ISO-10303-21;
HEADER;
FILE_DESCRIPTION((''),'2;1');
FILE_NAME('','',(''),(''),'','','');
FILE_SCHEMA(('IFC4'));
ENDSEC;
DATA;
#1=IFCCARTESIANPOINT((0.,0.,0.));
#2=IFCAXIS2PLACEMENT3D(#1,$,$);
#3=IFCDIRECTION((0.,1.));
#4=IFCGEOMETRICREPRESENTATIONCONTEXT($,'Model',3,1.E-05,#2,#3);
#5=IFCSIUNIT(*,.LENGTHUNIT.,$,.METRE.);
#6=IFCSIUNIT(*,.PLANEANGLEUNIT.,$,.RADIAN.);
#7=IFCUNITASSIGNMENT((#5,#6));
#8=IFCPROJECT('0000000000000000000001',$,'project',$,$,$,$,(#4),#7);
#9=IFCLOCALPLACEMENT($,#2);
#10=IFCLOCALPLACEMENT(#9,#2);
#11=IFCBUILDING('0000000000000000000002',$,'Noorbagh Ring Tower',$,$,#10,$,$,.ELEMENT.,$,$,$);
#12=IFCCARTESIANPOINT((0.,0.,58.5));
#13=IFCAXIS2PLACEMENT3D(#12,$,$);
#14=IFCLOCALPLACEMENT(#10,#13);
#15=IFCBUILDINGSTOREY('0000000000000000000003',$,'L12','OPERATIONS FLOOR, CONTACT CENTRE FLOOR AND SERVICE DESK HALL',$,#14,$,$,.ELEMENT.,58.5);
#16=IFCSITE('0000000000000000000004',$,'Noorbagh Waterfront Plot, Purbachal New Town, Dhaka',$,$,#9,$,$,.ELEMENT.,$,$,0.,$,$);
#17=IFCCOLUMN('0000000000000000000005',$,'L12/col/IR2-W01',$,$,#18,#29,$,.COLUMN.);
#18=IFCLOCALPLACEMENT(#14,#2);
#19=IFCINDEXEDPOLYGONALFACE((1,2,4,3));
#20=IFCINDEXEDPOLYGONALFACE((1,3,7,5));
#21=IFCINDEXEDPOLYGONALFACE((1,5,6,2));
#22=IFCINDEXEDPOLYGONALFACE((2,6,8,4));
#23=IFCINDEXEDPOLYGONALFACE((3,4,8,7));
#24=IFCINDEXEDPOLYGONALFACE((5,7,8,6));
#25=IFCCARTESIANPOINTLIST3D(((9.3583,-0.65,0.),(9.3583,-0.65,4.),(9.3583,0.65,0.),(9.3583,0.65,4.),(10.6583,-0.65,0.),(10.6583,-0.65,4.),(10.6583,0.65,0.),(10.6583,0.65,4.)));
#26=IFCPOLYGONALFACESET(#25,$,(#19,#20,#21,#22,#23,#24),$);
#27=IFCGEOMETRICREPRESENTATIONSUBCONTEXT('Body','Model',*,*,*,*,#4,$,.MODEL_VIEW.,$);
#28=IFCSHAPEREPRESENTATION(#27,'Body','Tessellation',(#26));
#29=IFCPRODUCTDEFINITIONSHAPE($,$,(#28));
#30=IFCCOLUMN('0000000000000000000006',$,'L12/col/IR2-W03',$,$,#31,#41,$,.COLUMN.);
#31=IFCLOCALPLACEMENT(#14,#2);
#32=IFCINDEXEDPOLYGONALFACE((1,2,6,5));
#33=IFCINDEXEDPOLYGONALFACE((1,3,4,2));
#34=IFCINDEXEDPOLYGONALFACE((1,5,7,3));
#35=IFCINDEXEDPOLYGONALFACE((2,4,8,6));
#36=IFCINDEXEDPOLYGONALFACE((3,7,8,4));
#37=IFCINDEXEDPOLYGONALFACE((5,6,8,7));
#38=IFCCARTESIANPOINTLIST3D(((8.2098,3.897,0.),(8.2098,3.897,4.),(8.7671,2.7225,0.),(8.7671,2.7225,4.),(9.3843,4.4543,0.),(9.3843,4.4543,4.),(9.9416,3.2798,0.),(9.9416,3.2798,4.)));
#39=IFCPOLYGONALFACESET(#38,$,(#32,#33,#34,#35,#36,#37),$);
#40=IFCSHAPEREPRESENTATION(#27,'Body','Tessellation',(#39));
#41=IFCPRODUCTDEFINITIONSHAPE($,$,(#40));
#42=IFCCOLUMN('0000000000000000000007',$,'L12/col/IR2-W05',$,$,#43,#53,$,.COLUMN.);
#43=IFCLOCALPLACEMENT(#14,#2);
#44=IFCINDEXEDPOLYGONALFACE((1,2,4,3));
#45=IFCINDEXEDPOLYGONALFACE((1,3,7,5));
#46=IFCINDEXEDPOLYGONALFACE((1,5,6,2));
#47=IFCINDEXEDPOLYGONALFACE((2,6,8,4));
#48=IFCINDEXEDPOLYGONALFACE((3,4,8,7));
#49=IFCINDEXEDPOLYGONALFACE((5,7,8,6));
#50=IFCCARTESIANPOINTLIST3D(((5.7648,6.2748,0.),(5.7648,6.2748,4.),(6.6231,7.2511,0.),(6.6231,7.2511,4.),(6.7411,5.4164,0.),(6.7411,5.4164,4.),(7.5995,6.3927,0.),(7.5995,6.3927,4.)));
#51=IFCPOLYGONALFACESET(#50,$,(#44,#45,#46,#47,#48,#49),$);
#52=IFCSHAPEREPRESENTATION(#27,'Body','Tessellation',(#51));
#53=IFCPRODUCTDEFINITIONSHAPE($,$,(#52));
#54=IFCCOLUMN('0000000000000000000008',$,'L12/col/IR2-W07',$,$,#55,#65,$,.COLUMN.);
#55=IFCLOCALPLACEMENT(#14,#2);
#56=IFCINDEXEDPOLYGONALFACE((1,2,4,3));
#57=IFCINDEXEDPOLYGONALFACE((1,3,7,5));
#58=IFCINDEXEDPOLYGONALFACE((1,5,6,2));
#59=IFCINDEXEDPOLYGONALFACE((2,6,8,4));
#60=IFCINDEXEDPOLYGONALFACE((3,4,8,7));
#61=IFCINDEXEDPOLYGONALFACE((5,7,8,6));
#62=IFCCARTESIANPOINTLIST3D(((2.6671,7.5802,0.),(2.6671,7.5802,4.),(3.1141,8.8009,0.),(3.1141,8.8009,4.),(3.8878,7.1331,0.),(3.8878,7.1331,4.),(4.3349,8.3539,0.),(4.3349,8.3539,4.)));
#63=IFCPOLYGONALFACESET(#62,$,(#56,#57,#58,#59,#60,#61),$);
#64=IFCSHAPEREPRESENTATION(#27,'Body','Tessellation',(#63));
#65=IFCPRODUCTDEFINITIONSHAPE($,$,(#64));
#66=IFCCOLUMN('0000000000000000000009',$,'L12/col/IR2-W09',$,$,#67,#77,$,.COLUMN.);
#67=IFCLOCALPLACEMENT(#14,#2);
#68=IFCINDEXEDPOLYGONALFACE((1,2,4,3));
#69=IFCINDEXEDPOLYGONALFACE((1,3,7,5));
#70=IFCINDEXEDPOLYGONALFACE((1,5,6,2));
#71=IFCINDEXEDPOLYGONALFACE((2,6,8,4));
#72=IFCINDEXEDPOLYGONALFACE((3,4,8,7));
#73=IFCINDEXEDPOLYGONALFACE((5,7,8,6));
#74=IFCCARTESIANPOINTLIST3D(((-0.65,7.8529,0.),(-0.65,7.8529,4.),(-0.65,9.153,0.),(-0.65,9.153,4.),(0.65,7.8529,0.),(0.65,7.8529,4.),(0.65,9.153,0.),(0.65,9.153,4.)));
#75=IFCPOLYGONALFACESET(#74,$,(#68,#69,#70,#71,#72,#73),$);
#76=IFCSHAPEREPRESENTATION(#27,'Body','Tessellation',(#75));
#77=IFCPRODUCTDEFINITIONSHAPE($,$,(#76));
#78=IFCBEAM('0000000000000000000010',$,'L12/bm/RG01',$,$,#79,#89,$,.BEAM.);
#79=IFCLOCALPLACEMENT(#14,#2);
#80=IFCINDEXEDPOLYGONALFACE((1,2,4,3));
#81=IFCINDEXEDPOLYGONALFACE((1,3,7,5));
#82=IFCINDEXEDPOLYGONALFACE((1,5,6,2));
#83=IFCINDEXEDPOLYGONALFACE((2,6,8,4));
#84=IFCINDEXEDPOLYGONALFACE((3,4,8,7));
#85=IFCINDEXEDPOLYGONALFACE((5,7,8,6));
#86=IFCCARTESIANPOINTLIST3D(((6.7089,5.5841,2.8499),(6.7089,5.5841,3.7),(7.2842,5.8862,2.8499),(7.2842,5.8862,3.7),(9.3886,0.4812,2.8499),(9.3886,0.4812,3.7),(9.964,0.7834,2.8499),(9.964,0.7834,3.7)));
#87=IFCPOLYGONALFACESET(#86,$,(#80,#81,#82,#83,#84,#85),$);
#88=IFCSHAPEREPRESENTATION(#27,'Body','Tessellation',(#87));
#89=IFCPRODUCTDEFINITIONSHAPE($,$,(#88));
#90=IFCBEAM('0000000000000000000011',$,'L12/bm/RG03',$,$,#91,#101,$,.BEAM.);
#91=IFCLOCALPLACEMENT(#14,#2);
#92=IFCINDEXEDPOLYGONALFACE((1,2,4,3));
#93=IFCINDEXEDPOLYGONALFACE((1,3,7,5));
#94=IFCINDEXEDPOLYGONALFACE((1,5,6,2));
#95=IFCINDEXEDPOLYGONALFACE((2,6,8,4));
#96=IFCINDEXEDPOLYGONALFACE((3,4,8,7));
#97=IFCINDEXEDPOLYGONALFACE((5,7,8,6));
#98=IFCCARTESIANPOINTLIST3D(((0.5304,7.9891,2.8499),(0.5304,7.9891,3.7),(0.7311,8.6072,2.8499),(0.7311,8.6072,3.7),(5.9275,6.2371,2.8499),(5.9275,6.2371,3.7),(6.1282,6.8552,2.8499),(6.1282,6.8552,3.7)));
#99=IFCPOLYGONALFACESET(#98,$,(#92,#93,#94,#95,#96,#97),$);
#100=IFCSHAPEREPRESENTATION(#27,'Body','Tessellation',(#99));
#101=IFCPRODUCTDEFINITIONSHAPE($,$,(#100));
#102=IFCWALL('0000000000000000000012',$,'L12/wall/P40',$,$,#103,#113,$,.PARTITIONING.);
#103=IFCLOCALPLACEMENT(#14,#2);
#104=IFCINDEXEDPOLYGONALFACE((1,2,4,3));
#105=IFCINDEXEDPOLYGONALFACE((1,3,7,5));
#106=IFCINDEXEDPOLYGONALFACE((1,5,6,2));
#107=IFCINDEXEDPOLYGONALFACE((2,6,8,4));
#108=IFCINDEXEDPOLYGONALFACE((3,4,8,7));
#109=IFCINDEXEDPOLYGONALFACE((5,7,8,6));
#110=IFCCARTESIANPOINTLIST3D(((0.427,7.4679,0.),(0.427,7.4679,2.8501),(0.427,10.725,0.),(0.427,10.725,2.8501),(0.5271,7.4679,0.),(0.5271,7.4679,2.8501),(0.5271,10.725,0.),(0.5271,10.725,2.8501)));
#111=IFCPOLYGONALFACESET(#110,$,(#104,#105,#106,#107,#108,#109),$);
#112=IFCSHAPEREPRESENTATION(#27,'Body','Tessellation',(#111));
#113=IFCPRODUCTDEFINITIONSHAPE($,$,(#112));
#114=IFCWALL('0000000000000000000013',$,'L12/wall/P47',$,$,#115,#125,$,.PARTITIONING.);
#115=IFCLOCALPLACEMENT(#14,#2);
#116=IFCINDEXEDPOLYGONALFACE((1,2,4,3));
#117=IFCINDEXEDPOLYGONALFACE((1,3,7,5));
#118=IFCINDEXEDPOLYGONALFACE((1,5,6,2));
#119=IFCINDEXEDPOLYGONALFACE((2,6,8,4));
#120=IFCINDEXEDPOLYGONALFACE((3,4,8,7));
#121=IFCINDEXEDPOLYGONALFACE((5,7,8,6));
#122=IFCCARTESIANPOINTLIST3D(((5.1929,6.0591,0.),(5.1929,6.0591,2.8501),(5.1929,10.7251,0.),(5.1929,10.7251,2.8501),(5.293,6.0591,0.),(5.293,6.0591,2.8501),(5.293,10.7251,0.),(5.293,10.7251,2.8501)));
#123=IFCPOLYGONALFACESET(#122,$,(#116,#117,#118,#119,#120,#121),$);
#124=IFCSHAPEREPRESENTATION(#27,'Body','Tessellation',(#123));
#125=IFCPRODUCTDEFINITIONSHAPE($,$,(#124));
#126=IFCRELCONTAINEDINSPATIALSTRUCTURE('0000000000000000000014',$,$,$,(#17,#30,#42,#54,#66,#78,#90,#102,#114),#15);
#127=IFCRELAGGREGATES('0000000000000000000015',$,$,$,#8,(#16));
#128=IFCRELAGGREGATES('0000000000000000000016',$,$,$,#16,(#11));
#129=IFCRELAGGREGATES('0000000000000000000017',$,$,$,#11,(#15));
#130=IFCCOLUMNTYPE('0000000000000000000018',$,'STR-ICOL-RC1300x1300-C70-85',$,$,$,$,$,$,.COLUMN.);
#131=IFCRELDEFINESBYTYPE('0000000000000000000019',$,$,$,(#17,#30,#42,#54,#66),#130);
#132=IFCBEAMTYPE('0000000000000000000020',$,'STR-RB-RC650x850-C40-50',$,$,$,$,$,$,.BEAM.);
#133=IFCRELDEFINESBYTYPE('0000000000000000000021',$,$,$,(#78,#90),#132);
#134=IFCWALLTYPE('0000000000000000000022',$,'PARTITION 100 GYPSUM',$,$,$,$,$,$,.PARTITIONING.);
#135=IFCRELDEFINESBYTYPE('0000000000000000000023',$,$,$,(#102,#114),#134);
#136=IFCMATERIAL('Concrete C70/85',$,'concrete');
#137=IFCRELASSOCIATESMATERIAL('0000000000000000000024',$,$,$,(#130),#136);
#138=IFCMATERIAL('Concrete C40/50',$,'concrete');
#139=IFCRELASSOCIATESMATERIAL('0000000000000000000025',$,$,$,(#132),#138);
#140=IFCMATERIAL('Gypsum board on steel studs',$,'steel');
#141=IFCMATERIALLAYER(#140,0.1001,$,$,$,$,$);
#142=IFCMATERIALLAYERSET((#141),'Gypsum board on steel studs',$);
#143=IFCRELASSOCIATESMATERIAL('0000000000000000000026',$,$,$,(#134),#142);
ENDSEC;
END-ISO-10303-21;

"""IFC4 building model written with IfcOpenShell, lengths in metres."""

from ifc_helpers import new_model, si_unit, direction, frame, frame_2d, origin, origin_2d, place, context, subcontext, project, spatial, rectangle, extrude, material, layer, layer_set, material_profile, profile_set, type_object, element, save


model = new_model("IFC4")

# Units and contexts
model_context = context("Model", 3, precision=1e-05, world=origin(), true_north=direction((0.0, 1.0)))
body_context = subcontext(model_context, "Body", "Model", "MODEL_VIEW")
ifc_project = project(units=[si_unit("LENGTHUNIT", "METRE"), si_unit("PLANEANGLEUNIT", "RADIAN")], contexts=[model_context])

# Site, building, storey
site_placement = place(None, origin())
site = spatial("IfcSite", under=ifc_project, at=site_placement, Name="Noorbagh Waterfront Plot, Purbachal New Town, Dhaka", CompositionType="ELEMENT", RefElevation=0.0)
building_placement = place(site_placement, origin())
building = spatial("IfcBuilding", under=site, at=building_placement, Name="Noorbagh Ring Tower", CompositionType="ELEMENT")
storey_placement = place(building_placement, frame((0.0, 0.0, 58.5)))
storey = spatial("IfcBuildingStorey", under=building, at=storey_placement, Name="L12", Description="OPERATIONS FLOOR, CONTACT CENTRE FLOOR AND SERVICE DESK HALL", CompositionType="ELEMENT", Elevation=58.5)

# Columns
ifc_material_1 = material(Name="Concrete C70/85", Category="concrete")
ifc_material_profile_1 = material_profile(ifc_material_1, rectangle(XDim=1.3, YDim=1.3, at=origin_2d()), Name="RC1300x1300")
ifc_profile_set_1 = profile_set([ifc_material_profile_1], Name="Concrete C70/85")
column_type = type_object("IfcColumnType", Name="STR-ICOL-RC1300x1300-C70-85", PredefinedType="COLUMN", material=ifc_profile_set_1)
for number, where, z_axis, x_axis, name in (
    (1, (10.0083, 0.0, 0.0), (0.0, 0.0, 1.0), (0.0, 1.0, 0.0), "L12/col/IR2-W01"),
    (2, (9.0757, 3.5884, 0.0), (0.0, 0.0, 1.0), (-0.428667, 0.903463, 0.0), "L12/col/IR2-W03"),
    (3, (6.6821, 6.3337, 0.0), (0.0, 0.0, 1.0), (-0.751022, 0.660277, 0.0), "L12/col/IR2-W05"),
    (4, (3.501, 7.967, 0.0), (0.0, 0.0, 1.0), (-0.93902, 0.343864, 0.0), "L12/col/IR2-W07"),
    (5, (0.0, 8.5029, 0.0), (0.0, 0.0, 1.0), (-1.0, 0.0, 0.0), "L12/col/IR2-W09"),
):
    element("IfcColumn", number, at=place(storey_placement, frame(where, z_axis=z_axis, x_axis=x_axis)), inside=storey, type_object=column_type, Name=name, PredefinedType="COLUMN", context=body_context, shape_type="SweptSolid", body=[
        extrude(rectangle(XDim=1.3, YDim=1.3, at=origin_2d()), origin(), (0.0, 0.0, 1.0), 4.0),
    ])

# Beams
ifc_material_2 = material(Name="Concrete C40/50", Category="concrete")
ifc_material_profile_2 = material_profile(ifc_material_2, rectangle(XDim=0.6499, YDim=0.8501, at=origin_2d()), Name="RC650x850")
ifc_profile_set_2 = profile_set([ifc_material_profile_2], Name="Concrete C40/50")
beam_type = type_object("IfcBeamType", Name="STR-RB-RC650x850-C40-50", PredefinedType="BEAM", material=ifc_profile_set_2)
beam_1_placement = place(storey_placement, frame((9.6763, 0.6323, 3.2749), z_axis=(-0.464933, 0.885346, 0.0), x_axis=(-0.885346, -0.464933, 0.0)))
element("IfcBeam", 6, at=beam_1_placement, inside=storey, type_object=beam_type, Name="L12/bm/RG01", PredefinedType="BEAM", context=body_context, shape_type="SweptSolid", body=[
    extrude(rectangle(XDim=0.6499, YDim=0.8501, at=origin_2d()), origin(), (0.0, 0.0, 1.0), 5.7637),
])
beam_2_placement = place(storey_placement, frame((6.0278, 6.5461, 3.2749), z_axis=(-0.951141, 0.308757, 0.0), x_axis=(-0.308757, -0.951141, 0.0)))
element("IfcBeam", 7, at=beam_2_placement, inside=storey, type_object=beam_type, Name="L12/bm/RG03", PredefinedType="BEAM", context=body_context, shape_type="SweptSolid", body=[
    extrude(rectangle(XDim=0.6499, YDim=0.8501, at=origin_2d()), origin(), (0.0, 0.0, 1.0), 5.6743),
])

# Walls
ifc_material_3 = material(Name="Gypsum board on steel studs", Category="steel")
ifc_layer = layer(ifc_material_3, 0.1001)
ifc_layer_set = layer_set([ifc_layer], Name="Gypsum board on steel studs")
wall_type = type_object("IfcWallType", Name="PARTITION 100 GYPSUM", PredefinedType="PARTITIONING", material=ifc_layer_set)
wall_1_placement = place(storey_placement, frame((0.4771, 7.468, 0.0), z_axis=(0.0, 0.0, 1.0), x_axis=(0.0, 1.0, 0.0)))
element("IfcWall", 8, at=wall_1_placement, inside=storey, type_object=wall_type, Name="L12/wall/P40", PredefinedType="PARTITIONING", context=body_context, shape_type="SweptSolid", body=[
    extrude(rectangle(XDim=3.2571, YDim=0.1001, at=frame_2d((1.6284, 0.0))), origin(), (0.0, 0.0, 1.0), 2.8501),
])
wall_2_placement = place(storey_placement, frame((5.2429, 6.0591, 0.0), z_axis=(0.0, 0.0, 1.0), x_axis=(0.0, 1.0, 0.0)))
element("IfcWall", 9, at=wall_2_placement, inside=storey, type_object=wall_type, Name="L12/wall/P47", PredefinedType="PARTITIONING", context=body_context, shape_type="SweptSolid", body=[
    extrude(rectangle(XDim=4.666, YDim=0.1001, at=frame_2d((2.333, 0.0))), origin(), (0.0, 0.0, 1.0), 2.8501),
])

save(model, "model.ifc")
